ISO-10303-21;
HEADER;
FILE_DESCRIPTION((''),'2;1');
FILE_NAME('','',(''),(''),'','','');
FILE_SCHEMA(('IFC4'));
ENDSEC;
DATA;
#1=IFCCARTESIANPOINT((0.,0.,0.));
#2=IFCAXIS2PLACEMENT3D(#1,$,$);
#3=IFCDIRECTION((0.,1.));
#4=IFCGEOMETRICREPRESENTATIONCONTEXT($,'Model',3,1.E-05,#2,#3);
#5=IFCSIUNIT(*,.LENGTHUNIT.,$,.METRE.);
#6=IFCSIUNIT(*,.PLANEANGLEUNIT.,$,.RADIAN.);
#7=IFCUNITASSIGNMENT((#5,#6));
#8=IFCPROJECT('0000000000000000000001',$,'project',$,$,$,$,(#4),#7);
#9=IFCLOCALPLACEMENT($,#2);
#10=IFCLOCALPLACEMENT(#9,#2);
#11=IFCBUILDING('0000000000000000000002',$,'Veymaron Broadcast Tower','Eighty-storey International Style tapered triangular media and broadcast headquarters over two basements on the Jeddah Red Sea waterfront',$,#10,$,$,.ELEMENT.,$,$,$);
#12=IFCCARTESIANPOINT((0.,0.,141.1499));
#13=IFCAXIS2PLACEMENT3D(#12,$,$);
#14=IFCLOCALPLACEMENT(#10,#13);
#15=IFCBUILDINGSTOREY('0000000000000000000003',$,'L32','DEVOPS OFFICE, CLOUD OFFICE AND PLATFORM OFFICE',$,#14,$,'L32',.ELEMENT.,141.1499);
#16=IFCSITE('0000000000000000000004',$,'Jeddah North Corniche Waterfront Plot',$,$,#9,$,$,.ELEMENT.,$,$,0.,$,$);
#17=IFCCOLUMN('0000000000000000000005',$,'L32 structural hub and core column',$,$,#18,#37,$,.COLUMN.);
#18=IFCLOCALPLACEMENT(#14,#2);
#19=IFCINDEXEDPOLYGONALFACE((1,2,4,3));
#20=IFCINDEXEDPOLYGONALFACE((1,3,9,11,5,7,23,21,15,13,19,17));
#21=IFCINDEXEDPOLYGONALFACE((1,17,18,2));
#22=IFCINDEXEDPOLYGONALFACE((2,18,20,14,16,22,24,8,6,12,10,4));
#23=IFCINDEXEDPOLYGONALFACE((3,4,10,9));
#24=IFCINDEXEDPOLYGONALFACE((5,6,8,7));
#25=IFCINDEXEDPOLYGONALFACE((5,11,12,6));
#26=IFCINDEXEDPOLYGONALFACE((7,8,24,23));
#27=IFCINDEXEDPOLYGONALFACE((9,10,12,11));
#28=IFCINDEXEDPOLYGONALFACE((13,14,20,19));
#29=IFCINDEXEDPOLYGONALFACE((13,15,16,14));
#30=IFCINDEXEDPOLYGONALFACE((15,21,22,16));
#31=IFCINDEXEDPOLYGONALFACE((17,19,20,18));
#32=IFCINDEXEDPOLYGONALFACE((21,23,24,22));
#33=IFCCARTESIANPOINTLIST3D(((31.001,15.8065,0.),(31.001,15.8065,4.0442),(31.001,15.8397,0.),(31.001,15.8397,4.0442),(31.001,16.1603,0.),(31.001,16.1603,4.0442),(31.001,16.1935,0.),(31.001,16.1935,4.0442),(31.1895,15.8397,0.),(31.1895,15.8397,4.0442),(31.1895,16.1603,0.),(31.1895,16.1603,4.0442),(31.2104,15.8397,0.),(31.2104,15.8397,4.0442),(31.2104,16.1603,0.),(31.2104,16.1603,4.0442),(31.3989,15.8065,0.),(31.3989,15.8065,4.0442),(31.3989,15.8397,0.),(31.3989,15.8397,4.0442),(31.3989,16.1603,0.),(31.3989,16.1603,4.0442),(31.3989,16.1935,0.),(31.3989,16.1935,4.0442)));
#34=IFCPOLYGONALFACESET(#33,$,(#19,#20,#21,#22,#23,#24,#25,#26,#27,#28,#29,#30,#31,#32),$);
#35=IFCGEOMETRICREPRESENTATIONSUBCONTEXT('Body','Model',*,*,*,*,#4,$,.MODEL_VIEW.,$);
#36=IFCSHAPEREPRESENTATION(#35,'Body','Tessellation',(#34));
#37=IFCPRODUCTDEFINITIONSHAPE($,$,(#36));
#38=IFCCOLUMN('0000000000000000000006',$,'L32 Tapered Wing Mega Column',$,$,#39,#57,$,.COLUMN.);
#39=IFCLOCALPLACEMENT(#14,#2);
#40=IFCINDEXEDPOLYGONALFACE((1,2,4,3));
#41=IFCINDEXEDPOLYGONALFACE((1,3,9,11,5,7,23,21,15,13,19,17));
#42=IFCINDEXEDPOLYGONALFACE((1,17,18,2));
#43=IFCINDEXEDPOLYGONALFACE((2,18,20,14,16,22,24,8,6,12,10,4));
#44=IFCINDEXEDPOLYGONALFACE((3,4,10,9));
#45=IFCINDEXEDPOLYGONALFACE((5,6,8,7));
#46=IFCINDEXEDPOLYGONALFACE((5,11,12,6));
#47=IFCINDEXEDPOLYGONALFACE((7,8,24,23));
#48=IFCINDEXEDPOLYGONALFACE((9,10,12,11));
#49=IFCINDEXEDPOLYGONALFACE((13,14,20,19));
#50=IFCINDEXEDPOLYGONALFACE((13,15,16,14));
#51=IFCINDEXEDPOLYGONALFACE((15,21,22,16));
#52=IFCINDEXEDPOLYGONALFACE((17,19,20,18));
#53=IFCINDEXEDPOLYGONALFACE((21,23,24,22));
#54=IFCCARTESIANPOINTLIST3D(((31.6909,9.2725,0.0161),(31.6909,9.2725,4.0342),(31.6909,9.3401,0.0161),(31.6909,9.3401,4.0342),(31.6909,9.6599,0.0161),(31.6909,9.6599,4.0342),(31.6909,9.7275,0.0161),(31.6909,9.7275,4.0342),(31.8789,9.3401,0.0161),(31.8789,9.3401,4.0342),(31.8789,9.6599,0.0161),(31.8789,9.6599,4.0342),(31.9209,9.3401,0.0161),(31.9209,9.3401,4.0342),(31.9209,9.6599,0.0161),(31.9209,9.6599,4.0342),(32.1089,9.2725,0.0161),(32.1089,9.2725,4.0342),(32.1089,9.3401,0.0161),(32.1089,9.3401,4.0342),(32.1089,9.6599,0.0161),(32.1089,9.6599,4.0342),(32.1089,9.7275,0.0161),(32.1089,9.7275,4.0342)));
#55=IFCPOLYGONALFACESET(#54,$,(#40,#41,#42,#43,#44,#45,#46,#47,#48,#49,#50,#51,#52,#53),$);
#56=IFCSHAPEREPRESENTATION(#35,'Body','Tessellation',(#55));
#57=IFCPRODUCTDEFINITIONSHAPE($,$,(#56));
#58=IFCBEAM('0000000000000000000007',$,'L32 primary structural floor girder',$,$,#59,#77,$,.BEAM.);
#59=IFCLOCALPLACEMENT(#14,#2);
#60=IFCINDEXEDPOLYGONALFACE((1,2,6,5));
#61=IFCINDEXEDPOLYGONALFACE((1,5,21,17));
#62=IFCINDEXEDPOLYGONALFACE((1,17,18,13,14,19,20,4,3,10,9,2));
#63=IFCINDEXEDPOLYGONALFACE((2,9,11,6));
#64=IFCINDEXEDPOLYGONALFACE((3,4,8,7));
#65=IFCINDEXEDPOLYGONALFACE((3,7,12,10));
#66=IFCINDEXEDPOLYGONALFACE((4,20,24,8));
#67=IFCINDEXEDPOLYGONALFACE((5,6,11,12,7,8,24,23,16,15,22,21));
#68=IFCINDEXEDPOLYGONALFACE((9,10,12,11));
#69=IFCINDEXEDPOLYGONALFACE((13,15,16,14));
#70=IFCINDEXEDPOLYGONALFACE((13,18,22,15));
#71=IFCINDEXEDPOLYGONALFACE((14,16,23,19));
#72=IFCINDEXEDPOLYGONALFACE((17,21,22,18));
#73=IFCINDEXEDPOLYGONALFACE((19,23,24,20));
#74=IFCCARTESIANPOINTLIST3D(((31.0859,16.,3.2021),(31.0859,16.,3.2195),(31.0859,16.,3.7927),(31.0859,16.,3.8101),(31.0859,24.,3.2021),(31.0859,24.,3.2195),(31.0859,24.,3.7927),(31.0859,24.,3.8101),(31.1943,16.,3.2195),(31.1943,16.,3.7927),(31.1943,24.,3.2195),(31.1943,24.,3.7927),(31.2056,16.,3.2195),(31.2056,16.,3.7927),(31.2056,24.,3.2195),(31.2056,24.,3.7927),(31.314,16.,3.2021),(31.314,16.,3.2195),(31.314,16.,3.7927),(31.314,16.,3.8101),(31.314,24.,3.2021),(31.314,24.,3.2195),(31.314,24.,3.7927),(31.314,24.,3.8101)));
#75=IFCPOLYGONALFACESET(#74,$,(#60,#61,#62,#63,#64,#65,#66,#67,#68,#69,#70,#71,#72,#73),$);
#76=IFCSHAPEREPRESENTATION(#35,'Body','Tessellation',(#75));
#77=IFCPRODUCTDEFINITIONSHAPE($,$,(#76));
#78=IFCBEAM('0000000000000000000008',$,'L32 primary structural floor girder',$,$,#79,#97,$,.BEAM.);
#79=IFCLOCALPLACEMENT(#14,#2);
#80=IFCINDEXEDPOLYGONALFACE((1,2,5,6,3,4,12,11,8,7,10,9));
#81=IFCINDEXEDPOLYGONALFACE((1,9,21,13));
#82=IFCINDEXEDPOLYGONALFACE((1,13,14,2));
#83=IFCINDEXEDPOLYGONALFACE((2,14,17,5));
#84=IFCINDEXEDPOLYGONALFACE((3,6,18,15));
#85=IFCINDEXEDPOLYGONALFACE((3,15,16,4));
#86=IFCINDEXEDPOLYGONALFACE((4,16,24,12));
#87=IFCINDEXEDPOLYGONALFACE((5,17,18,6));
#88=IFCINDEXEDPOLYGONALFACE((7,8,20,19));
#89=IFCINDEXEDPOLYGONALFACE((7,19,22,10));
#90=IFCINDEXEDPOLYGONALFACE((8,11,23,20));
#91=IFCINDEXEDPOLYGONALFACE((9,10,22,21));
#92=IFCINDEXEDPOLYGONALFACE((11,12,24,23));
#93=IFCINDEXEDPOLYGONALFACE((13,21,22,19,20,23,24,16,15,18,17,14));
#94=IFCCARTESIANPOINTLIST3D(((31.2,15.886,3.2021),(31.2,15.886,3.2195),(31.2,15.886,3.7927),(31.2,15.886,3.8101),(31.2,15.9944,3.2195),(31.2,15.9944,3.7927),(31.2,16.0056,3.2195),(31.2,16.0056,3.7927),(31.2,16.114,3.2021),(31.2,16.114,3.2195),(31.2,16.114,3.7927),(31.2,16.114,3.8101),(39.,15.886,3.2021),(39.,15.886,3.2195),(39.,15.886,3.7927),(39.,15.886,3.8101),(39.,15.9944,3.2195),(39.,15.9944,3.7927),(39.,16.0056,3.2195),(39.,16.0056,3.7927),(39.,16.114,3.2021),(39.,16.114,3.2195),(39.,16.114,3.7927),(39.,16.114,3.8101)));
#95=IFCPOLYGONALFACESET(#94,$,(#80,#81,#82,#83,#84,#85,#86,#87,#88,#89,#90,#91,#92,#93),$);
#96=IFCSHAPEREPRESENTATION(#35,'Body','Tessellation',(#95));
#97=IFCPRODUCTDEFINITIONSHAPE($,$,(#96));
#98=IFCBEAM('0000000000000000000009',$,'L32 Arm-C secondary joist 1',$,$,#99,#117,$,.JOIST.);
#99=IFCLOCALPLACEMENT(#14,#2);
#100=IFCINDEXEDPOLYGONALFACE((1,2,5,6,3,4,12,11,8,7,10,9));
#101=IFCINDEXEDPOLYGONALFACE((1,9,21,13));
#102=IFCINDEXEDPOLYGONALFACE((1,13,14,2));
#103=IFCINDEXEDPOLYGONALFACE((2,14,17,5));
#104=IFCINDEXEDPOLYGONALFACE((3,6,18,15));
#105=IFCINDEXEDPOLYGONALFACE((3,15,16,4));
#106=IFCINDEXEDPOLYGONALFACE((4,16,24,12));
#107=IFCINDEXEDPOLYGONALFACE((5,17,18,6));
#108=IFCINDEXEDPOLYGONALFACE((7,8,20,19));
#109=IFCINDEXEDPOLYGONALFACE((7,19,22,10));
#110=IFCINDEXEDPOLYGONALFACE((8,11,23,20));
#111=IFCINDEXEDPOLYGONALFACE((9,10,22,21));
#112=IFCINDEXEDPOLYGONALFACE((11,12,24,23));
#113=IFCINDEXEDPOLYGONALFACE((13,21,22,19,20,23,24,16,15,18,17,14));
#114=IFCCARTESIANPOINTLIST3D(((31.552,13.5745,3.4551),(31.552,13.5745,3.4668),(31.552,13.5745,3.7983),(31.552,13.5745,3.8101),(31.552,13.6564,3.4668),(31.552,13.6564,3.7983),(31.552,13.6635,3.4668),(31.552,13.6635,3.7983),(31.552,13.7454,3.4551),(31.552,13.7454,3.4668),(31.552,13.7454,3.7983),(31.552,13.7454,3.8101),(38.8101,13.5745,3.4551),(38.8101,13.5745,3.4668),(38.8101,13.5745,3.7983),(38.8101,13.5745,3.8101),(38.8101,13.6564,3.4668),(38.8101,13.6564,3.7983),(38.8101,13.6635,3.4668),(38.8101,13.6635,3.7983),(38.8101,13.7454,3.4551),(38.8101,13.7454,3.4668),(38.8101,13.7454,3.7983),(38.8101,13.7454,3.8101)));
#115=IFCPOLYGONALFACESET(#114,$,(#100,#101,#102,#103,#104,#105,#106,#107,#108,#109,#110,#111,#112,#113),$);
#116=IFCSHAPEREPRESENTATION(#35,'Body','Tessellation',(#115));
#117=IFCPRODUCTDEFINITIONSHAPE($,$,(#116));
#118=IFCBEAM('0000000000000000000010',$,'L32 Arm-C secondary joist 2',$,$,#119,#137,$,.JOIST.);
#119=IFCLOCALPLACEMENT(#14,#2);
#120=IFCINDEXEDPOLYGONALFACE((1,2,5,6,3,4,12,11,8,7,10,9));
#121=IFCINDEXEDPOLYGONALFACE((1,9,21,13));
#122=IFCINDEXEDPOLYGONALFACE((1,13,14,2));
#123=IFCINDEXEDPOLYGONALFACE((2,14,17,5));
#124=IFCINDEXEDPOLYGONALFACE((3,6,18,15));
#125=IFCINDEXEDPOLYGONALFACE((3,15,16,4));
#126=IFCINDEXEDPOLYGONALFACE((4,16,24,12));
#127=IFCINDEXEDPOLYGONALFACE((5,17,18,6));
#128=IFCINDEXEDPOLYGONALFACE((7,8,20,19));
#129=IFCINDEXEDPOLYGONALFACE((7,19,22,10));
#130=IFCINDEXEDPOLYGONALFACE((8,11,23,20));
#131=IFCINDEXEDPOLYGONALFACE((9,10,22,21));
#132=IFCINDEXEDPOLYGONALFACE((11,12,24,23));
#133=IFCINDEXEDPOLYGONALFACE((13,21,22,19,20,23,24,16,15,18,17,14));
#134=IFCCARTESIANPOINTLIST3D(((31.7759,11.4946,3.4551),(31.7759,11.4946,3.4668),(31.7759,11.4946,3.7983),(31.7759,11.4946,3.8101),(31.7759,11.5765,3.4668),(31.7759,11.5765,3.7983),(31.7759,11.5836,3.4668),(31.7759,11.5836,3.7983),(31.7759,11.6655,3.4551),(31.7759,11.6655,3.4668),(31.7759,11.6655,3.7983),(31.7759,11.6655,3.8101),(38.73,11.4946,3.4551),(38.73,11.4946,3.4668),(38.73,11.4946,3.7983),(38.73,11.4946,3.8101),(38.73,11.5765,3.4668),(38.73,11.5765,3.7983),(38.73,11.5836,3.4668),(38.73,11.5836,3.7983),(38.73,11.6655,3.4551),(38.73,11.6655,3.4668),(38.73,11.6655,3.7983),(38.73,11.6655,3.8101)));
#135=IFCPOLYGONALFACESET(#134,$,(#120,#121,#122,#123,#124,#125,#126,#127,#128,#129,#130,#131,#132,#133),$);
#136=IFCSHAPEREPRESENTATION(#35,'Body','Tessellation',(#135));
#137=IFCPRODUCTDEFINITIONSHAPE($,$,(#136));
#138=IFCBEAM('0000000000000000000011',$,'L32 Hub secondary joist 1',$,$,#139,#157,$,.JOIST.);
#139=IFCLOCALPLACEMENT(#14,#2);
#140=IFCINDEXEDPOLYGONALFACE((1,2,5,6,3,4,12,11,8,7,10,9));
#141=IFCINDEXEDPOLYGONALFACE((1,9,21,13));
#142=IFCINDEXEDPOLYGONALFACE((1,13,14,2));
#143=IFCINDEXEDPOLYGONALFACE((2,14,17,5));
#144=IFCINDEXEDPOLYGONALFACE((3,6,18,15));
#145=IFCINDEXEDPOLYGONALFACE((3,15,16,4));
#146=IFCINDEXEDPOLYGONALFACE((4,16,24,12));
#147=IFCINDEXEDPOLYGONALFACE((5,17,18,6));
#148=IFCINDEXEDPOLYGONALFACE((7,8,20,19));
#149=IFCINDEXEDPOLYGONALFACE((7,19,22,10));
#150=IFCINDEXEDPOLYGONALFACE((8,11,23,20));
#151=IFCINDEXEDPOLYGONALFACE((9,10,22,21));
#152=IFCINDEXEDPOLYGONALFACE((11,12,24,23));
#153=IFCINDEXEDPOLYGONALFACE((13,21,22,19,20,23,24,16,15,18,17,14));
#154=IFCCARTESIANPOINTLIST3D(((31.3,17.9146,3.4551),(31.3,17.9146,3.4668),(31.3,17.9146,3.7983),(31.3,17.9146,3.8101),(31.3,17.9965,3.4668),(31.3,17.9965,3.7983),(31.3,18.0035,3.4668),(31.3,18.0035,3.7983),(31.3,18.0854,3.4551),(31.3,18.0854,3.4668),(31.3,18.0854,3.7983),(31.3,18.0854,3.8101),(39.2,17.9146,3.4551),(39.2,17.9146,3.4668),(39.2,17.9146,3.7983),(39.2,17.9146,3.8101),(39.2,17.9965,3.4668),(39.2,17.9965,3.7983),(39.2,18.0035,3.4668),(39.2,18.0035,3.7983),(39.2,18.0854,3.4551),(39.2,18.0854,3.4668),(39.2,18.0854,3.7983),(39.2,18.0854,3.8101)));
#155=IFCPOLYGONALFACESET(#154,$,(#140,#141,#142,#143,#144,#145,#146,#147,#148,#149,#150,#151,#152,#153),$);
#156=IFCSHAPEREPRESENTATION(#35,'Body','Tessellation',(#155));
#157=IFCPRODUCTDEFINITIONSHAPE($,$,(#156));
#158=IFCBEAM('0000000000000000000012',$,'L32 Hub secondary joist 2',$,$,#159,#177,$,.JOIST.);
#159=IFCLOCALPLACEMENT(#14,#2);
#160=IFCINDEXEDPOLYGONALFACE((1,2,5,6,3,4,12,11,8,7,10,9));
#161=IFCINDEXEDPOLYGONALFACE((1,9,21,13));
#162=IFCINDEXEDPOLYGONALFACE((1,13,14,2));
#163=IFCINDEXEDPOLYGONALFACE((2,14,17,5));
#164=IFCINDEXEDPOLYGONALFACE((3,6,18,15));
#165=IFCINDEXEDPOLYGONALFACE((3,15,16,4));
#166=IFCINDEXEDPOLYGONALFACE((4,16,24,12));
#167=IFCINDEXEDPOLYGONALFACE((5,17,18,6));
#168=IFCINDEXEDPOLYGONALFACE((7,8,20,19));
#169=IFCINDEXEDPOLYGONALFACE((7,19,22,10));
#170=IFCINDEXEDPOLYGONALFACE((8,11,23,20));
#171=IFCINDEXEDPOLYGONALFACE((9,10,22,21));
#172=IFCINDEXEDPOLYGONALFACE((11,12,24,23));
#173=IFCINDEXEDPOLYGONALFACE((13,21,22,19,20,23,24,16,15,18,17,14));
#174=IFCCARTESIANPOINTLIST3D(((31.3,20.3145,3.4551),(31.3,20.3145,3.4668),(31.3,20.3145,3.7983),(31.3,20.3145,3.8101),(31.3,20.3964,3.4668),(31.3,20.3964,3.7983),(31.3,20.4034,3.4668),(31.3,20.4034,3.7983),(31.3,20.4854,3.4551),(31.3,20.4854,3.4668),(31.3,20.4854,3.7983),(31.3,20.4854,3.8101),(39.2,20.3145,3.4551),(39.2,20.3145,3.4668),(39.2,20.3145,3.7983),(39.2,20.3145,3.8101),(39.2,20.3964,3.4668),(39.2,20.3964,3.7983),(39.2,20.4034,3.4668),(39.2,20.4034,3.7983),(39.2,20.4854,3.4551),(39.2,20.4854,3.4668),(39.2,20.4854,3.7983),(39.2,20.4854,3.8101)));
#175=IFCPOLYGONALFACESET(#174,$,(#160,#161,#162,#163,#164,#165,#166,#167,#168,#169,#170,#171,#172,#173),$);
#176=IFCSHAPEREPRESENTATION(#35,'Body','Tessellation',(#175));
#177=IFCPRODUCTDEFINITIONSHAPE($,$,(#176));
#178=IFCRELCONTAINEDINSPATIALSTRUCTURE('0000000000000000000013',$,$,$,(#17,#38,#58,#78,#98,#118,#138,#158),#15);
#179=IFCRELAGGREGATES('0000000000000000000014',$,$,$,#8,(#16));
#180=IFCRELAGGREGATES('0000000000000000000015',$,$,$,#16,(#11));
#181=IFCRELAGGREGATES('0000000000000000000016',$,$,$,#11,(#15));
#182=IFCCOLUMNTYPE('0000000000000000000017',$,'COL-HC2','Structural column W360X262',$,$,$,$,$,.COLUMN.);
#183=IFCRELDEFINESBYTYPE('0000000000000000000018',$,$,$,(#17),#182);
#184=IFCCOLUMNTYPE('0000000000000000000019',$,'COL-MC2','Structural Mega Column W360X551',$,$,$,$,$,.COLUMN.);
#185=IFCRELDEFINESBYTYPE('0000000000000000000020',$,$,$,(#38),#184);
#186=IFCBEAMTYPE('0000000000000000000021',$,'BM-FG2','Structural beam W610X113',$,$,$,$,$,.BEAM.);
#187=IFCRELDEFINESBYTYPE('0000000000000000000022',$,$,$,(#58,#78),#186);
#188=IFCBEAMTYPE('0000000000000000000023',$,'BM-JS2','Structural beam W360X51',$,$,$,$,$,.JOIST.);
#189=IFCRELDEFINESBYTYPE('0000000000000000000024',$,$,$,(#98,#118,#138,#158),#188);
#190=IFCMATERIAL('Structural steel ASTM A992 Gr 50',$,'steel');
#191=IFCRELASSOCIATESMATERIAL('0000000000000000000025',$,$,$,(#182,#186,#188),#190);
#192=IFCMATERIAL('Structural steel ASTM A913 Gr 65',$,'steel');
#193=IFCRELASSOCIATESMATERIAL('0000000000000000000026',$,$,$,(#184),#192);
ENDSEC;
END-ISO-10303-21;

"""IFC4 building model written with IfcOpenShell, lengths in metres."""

from ifc_helpers import new_model, si_unit, direction, frame, origin, origin_2d, place, context, subcontext, project, spatial, i_section, extrude, material, material_profile, profile_set, type_object, element, save


model = new_model("IFC4")

# Units and contexts
model_context = context("Model", 3, precision=1e-05, world=origin(), true_north=direction((0.0, 1.0)))
body_context = subcontext(model_context, "Body", "Model", "MODEL_VIEW")
ifc_project = project(units=[si_unit("LENGTHUNIT", "METRE"), si_unit("PLANEANGLEUNIT", "RADIAN")], contexts=[model_context])

# Site, building, storey
site_placement = place(None, origin())
site = spatial("IfcSite", under=ifc_project, at=site_placement, Name="Jeddah North Corniche Waterfront Plot", CompositionType="ELEMENT", RefElevation=0.0)
building_placement = place(site_placement, origin())
building = spatial("IfcBuilding", under=site, at=building_placement, Name="Veymaron Broadcast Tower", Description="Eighty-storey International Style tapered triangular media and broadcast headquarters over two basements on the Jeddah Red Sea waterfront", CompositionType="ELEMENT")
storey_placement = place(building_placement, frame((0.0, 0.0, 141.1499)))
storey = spatial("IfcBuildingStorey", under=building, at=storey_placement, Name="L32", Description="DEVOPS OFFICE, CLOUD OFFICE AND PLATFORM OFFICE", LongName="L32", CompositionType="ELEMENT", Elevation=141.1499)

# Columns
ifc_material_1 = material(Name="Structural steel ASTM A992 Gr 50", Category="steel")
ifc_material_profile_1 = material_profile(ifc_material_1, i_section(OverallWidth=0.3979, OverallDepth=0.387, WebThickness=0.021, FlangeThickness=0.0332, at=origin_2d()), Name="W360X262")
ifc_profile_set_1 = profile_set([ifc_material_profile_1], Name="Structural steel ASTM A992 Gr 50")
column_type_1 = type_object("IfcColumnType", Name="COL-HC2", Description="Structural column W360X262", PredefinedType="COLUMN", material=ifc_profile_set_1)
column_1_placement = place(storey_placement, frame((31.2, 16.0, 0.0), z_axis=(0.0, 0.0, 1.0), x_axis=(1.0, 0.0, 0.0)))
element("IfcColumn", 1, at=column_1_placement, inside=storey, type_object=column_type_1, Name="L32 structural hub and core column", PredefinedType="COLUMN", context=body_context, shape_type="SweptSolid", body=[
    extrude(i_section(OverallWidth=0.3979, OverallDepth=0.387, WebThickness=0.021, FlangeThickness=0.0332, at=origin_2d()), origin(), (0.0, 0.0, 1.0), 4.0442),
])
ifc_material_2 = material(Name="Structural steel ASTM A913 Gr 65", Category="steel")
ifc_material_profile_2 = material_profile(ifc_material_2, i_section(OverallWidth=0.418, OverallDepth=0.4551, WebThickness=0.042, FlangeThickness=0.0676, at=origin_2d()), Name="W360X551")
ifc_profile_set_2 = profile_set([ifc_material_profile_2], Name="Structural steel ASTM A913 Gr 65")
column_type_2 = type_object("IfcColumnType", Name="COL-MC2", Description="Structural Mega Column W360X551", PredefinedType="COLUMN", material=ifc_profile_set_2)
column_2_placement = place(storey_placement, frame((31.8999, 9.5, 0.0161), z_axis=(0.0, 0.0, 1.0), x_axis=(1.0, 0.0, 0.0)))
element("IfcColumn", 2, at=column_2_placement, inside=storey, type_object=column_type_2, Name="L32 Tapered Wing Mega Column", PredefinedType="COLUMN", context=body_context, shape_type="SweptSolid", body=[
    extrude(i_section(OverallWidth=0.418, OverallDepth=0.4551, WebThickness=0.042, FlangeThickness=0.0676, at=origin_2d()), origin(), (0.0, 0.0, 1.0), 4.0181),
])

# Beams
ifc_material_profile_3 = material_profile(ifc_material_1, i_section(OverallWidth=0.228, OverallDepth=0.6079, WebThickness=0.0112, FlangeThickness=0.0173, at=origin_2d()), Name="W610X113")
ifc_profile_set_3 = profile_set([ifc_material_profile_3], Name="Structural steel ASTM A992 Gr 50")
beam_type_1 = type_object("IfcBeamType", Name="BM-FG2", Description="Structural beam W610X113", PredefinedType="BEAM", material=ifc_profile_set_3)
beam_1_placement = place(storey_placement, frame((31.2, 16.0, 3.5061), z_axis=(0.0, 1.0, 0.0), x_axis=(-1.0, 0.0, 0.0)))
element("IfcBeam", 3, at=beam_1_placement, inside=storey, type_object=beam_type_1, Name="L32 primary structural floor girder", PredefinedType="BEAM", context=body_context, shape_type="SweptSolid", body=[
    extrude(i_section(OverallWidth=0.228, OverallDepth=0.6079, WebThickness=0.0112, FlangeThickness=0.0173, at=origin_2d()), origin(), (0.0, 0.0, 1.0), 8.0),
])
beam_2_placement = place(storey_placement, frame((31.2, 16.0, 3.5061), z_axis=(1.0, 0.0, 0.0), x_axis=(0.0, 1.0, 0.0)))
element("IfcBeam", 4, at=beam_2_placement, inside=storey, type_object=beam_type_1, Name="L32 primary structural floor girder", PredefinedType="BEAM", context=body_context, shape_type="SweptSolid", body=[
    extrude(i_section(OverallWidth=0.228, OverallDepth=0.6079, WebThickness=0.0112, FlangeThickness=0.0173, at=origin_2d()), origin(), (0.0, 0.0, 1.0), 7.8),
])
ifc_material_profile_4 = material_profile(ifc_material_1, i_section(OverallWidth=0.1709, OverallDepth=0.355, WebThickness=0.0071, FlangeThickness=0.0117, at=origin_2d()), Name="W360X51")
ifc_profile_set_4 = profile_set([ifc_material_profile_4], Name="Structural steel ASTM A992 Gr 50")
beam_type_2 = type_object("IfcBeamType", Name="BM-JS2", Description="Structural beam W360X51", PredefinedType="JOIST", material=ifc_profile_set_4)
beam_3_placement = place(storey_placement, frame((31.552, 13.6599, 3.6326), z_axis=(1.0, 0.0, 0.0), x_axis=(0.0, 1.0, 0.0)))
element("IfcBeam", 5, at=beam_3_placement, inside=storey, type_object=beam_type_2, Name="L32 Arm-C secondary joist 1", PredefinedType="JOIST", context=body_context, shape_type="SweptSolid", body=[
    extrude(i_section(OverallWidth=0.1709, OverallDepth=0.355, WebThickness=0.0071, FlangeThickness=0.0117, at=origin_2d()), origin(), (0.0, 0.0, 1.0), 7.2581),
])
beam_4_placement = place(storey_placement, frame((31.7759, 11.5801, 3.6326), z_axis=(1.0, 0.0, 0.0), x_axis=(0.0, 1.0, 0.0)))
element("IfcBeam", 6, at=beam_4_placement, inside=storey, type_object=beam_type_2, Name="L32 Arm-C secondary joist 2", PredefinedType="JOIST", context=body_context, shape_type="SweptSolid", body=[
    extrude(i_section(OverallWidth=0.1709, OverallDepth=0.355, WebThickness=0.0071, FlangeThickness=0.0117, at=origin_2d()), origin(), (0.0, 0.0, 1.0), 6.9541),
])
for number, where, z_axis, x_axis, name in (
    (7, (31.3, 18.0, 3.6326), (1.0, 0.0, 0.0), (0.0, 1.0, 0.0), "L32 Hub secondary joist 1"),
    (8, (31.3, 20.3999, 3.6326), (1.0, 0.0, 0.0), (0.0, 1.0, 0.0), "L32 Hub secondary joist 2"),
):
    element("IfcBeam", number, at=place(storey_placement, frame(where, z_axis=z_axis, x_axis=x_axis)), inside=storey, type_object=beam_type_2, Name=name, PredefinedType="JOIST", context=body_context, shape_type="SweptSolid", body=[
        extrude(i_section(OverallWidth=0.1709, OverallDepth=0.355, WebThickness=0.0071, FlangeThickness=0.0117, at=origin_2d()), origin(), (0.0, 0.0, 1.0), 7.8999),
    ])

save(model, "model.ifc")
